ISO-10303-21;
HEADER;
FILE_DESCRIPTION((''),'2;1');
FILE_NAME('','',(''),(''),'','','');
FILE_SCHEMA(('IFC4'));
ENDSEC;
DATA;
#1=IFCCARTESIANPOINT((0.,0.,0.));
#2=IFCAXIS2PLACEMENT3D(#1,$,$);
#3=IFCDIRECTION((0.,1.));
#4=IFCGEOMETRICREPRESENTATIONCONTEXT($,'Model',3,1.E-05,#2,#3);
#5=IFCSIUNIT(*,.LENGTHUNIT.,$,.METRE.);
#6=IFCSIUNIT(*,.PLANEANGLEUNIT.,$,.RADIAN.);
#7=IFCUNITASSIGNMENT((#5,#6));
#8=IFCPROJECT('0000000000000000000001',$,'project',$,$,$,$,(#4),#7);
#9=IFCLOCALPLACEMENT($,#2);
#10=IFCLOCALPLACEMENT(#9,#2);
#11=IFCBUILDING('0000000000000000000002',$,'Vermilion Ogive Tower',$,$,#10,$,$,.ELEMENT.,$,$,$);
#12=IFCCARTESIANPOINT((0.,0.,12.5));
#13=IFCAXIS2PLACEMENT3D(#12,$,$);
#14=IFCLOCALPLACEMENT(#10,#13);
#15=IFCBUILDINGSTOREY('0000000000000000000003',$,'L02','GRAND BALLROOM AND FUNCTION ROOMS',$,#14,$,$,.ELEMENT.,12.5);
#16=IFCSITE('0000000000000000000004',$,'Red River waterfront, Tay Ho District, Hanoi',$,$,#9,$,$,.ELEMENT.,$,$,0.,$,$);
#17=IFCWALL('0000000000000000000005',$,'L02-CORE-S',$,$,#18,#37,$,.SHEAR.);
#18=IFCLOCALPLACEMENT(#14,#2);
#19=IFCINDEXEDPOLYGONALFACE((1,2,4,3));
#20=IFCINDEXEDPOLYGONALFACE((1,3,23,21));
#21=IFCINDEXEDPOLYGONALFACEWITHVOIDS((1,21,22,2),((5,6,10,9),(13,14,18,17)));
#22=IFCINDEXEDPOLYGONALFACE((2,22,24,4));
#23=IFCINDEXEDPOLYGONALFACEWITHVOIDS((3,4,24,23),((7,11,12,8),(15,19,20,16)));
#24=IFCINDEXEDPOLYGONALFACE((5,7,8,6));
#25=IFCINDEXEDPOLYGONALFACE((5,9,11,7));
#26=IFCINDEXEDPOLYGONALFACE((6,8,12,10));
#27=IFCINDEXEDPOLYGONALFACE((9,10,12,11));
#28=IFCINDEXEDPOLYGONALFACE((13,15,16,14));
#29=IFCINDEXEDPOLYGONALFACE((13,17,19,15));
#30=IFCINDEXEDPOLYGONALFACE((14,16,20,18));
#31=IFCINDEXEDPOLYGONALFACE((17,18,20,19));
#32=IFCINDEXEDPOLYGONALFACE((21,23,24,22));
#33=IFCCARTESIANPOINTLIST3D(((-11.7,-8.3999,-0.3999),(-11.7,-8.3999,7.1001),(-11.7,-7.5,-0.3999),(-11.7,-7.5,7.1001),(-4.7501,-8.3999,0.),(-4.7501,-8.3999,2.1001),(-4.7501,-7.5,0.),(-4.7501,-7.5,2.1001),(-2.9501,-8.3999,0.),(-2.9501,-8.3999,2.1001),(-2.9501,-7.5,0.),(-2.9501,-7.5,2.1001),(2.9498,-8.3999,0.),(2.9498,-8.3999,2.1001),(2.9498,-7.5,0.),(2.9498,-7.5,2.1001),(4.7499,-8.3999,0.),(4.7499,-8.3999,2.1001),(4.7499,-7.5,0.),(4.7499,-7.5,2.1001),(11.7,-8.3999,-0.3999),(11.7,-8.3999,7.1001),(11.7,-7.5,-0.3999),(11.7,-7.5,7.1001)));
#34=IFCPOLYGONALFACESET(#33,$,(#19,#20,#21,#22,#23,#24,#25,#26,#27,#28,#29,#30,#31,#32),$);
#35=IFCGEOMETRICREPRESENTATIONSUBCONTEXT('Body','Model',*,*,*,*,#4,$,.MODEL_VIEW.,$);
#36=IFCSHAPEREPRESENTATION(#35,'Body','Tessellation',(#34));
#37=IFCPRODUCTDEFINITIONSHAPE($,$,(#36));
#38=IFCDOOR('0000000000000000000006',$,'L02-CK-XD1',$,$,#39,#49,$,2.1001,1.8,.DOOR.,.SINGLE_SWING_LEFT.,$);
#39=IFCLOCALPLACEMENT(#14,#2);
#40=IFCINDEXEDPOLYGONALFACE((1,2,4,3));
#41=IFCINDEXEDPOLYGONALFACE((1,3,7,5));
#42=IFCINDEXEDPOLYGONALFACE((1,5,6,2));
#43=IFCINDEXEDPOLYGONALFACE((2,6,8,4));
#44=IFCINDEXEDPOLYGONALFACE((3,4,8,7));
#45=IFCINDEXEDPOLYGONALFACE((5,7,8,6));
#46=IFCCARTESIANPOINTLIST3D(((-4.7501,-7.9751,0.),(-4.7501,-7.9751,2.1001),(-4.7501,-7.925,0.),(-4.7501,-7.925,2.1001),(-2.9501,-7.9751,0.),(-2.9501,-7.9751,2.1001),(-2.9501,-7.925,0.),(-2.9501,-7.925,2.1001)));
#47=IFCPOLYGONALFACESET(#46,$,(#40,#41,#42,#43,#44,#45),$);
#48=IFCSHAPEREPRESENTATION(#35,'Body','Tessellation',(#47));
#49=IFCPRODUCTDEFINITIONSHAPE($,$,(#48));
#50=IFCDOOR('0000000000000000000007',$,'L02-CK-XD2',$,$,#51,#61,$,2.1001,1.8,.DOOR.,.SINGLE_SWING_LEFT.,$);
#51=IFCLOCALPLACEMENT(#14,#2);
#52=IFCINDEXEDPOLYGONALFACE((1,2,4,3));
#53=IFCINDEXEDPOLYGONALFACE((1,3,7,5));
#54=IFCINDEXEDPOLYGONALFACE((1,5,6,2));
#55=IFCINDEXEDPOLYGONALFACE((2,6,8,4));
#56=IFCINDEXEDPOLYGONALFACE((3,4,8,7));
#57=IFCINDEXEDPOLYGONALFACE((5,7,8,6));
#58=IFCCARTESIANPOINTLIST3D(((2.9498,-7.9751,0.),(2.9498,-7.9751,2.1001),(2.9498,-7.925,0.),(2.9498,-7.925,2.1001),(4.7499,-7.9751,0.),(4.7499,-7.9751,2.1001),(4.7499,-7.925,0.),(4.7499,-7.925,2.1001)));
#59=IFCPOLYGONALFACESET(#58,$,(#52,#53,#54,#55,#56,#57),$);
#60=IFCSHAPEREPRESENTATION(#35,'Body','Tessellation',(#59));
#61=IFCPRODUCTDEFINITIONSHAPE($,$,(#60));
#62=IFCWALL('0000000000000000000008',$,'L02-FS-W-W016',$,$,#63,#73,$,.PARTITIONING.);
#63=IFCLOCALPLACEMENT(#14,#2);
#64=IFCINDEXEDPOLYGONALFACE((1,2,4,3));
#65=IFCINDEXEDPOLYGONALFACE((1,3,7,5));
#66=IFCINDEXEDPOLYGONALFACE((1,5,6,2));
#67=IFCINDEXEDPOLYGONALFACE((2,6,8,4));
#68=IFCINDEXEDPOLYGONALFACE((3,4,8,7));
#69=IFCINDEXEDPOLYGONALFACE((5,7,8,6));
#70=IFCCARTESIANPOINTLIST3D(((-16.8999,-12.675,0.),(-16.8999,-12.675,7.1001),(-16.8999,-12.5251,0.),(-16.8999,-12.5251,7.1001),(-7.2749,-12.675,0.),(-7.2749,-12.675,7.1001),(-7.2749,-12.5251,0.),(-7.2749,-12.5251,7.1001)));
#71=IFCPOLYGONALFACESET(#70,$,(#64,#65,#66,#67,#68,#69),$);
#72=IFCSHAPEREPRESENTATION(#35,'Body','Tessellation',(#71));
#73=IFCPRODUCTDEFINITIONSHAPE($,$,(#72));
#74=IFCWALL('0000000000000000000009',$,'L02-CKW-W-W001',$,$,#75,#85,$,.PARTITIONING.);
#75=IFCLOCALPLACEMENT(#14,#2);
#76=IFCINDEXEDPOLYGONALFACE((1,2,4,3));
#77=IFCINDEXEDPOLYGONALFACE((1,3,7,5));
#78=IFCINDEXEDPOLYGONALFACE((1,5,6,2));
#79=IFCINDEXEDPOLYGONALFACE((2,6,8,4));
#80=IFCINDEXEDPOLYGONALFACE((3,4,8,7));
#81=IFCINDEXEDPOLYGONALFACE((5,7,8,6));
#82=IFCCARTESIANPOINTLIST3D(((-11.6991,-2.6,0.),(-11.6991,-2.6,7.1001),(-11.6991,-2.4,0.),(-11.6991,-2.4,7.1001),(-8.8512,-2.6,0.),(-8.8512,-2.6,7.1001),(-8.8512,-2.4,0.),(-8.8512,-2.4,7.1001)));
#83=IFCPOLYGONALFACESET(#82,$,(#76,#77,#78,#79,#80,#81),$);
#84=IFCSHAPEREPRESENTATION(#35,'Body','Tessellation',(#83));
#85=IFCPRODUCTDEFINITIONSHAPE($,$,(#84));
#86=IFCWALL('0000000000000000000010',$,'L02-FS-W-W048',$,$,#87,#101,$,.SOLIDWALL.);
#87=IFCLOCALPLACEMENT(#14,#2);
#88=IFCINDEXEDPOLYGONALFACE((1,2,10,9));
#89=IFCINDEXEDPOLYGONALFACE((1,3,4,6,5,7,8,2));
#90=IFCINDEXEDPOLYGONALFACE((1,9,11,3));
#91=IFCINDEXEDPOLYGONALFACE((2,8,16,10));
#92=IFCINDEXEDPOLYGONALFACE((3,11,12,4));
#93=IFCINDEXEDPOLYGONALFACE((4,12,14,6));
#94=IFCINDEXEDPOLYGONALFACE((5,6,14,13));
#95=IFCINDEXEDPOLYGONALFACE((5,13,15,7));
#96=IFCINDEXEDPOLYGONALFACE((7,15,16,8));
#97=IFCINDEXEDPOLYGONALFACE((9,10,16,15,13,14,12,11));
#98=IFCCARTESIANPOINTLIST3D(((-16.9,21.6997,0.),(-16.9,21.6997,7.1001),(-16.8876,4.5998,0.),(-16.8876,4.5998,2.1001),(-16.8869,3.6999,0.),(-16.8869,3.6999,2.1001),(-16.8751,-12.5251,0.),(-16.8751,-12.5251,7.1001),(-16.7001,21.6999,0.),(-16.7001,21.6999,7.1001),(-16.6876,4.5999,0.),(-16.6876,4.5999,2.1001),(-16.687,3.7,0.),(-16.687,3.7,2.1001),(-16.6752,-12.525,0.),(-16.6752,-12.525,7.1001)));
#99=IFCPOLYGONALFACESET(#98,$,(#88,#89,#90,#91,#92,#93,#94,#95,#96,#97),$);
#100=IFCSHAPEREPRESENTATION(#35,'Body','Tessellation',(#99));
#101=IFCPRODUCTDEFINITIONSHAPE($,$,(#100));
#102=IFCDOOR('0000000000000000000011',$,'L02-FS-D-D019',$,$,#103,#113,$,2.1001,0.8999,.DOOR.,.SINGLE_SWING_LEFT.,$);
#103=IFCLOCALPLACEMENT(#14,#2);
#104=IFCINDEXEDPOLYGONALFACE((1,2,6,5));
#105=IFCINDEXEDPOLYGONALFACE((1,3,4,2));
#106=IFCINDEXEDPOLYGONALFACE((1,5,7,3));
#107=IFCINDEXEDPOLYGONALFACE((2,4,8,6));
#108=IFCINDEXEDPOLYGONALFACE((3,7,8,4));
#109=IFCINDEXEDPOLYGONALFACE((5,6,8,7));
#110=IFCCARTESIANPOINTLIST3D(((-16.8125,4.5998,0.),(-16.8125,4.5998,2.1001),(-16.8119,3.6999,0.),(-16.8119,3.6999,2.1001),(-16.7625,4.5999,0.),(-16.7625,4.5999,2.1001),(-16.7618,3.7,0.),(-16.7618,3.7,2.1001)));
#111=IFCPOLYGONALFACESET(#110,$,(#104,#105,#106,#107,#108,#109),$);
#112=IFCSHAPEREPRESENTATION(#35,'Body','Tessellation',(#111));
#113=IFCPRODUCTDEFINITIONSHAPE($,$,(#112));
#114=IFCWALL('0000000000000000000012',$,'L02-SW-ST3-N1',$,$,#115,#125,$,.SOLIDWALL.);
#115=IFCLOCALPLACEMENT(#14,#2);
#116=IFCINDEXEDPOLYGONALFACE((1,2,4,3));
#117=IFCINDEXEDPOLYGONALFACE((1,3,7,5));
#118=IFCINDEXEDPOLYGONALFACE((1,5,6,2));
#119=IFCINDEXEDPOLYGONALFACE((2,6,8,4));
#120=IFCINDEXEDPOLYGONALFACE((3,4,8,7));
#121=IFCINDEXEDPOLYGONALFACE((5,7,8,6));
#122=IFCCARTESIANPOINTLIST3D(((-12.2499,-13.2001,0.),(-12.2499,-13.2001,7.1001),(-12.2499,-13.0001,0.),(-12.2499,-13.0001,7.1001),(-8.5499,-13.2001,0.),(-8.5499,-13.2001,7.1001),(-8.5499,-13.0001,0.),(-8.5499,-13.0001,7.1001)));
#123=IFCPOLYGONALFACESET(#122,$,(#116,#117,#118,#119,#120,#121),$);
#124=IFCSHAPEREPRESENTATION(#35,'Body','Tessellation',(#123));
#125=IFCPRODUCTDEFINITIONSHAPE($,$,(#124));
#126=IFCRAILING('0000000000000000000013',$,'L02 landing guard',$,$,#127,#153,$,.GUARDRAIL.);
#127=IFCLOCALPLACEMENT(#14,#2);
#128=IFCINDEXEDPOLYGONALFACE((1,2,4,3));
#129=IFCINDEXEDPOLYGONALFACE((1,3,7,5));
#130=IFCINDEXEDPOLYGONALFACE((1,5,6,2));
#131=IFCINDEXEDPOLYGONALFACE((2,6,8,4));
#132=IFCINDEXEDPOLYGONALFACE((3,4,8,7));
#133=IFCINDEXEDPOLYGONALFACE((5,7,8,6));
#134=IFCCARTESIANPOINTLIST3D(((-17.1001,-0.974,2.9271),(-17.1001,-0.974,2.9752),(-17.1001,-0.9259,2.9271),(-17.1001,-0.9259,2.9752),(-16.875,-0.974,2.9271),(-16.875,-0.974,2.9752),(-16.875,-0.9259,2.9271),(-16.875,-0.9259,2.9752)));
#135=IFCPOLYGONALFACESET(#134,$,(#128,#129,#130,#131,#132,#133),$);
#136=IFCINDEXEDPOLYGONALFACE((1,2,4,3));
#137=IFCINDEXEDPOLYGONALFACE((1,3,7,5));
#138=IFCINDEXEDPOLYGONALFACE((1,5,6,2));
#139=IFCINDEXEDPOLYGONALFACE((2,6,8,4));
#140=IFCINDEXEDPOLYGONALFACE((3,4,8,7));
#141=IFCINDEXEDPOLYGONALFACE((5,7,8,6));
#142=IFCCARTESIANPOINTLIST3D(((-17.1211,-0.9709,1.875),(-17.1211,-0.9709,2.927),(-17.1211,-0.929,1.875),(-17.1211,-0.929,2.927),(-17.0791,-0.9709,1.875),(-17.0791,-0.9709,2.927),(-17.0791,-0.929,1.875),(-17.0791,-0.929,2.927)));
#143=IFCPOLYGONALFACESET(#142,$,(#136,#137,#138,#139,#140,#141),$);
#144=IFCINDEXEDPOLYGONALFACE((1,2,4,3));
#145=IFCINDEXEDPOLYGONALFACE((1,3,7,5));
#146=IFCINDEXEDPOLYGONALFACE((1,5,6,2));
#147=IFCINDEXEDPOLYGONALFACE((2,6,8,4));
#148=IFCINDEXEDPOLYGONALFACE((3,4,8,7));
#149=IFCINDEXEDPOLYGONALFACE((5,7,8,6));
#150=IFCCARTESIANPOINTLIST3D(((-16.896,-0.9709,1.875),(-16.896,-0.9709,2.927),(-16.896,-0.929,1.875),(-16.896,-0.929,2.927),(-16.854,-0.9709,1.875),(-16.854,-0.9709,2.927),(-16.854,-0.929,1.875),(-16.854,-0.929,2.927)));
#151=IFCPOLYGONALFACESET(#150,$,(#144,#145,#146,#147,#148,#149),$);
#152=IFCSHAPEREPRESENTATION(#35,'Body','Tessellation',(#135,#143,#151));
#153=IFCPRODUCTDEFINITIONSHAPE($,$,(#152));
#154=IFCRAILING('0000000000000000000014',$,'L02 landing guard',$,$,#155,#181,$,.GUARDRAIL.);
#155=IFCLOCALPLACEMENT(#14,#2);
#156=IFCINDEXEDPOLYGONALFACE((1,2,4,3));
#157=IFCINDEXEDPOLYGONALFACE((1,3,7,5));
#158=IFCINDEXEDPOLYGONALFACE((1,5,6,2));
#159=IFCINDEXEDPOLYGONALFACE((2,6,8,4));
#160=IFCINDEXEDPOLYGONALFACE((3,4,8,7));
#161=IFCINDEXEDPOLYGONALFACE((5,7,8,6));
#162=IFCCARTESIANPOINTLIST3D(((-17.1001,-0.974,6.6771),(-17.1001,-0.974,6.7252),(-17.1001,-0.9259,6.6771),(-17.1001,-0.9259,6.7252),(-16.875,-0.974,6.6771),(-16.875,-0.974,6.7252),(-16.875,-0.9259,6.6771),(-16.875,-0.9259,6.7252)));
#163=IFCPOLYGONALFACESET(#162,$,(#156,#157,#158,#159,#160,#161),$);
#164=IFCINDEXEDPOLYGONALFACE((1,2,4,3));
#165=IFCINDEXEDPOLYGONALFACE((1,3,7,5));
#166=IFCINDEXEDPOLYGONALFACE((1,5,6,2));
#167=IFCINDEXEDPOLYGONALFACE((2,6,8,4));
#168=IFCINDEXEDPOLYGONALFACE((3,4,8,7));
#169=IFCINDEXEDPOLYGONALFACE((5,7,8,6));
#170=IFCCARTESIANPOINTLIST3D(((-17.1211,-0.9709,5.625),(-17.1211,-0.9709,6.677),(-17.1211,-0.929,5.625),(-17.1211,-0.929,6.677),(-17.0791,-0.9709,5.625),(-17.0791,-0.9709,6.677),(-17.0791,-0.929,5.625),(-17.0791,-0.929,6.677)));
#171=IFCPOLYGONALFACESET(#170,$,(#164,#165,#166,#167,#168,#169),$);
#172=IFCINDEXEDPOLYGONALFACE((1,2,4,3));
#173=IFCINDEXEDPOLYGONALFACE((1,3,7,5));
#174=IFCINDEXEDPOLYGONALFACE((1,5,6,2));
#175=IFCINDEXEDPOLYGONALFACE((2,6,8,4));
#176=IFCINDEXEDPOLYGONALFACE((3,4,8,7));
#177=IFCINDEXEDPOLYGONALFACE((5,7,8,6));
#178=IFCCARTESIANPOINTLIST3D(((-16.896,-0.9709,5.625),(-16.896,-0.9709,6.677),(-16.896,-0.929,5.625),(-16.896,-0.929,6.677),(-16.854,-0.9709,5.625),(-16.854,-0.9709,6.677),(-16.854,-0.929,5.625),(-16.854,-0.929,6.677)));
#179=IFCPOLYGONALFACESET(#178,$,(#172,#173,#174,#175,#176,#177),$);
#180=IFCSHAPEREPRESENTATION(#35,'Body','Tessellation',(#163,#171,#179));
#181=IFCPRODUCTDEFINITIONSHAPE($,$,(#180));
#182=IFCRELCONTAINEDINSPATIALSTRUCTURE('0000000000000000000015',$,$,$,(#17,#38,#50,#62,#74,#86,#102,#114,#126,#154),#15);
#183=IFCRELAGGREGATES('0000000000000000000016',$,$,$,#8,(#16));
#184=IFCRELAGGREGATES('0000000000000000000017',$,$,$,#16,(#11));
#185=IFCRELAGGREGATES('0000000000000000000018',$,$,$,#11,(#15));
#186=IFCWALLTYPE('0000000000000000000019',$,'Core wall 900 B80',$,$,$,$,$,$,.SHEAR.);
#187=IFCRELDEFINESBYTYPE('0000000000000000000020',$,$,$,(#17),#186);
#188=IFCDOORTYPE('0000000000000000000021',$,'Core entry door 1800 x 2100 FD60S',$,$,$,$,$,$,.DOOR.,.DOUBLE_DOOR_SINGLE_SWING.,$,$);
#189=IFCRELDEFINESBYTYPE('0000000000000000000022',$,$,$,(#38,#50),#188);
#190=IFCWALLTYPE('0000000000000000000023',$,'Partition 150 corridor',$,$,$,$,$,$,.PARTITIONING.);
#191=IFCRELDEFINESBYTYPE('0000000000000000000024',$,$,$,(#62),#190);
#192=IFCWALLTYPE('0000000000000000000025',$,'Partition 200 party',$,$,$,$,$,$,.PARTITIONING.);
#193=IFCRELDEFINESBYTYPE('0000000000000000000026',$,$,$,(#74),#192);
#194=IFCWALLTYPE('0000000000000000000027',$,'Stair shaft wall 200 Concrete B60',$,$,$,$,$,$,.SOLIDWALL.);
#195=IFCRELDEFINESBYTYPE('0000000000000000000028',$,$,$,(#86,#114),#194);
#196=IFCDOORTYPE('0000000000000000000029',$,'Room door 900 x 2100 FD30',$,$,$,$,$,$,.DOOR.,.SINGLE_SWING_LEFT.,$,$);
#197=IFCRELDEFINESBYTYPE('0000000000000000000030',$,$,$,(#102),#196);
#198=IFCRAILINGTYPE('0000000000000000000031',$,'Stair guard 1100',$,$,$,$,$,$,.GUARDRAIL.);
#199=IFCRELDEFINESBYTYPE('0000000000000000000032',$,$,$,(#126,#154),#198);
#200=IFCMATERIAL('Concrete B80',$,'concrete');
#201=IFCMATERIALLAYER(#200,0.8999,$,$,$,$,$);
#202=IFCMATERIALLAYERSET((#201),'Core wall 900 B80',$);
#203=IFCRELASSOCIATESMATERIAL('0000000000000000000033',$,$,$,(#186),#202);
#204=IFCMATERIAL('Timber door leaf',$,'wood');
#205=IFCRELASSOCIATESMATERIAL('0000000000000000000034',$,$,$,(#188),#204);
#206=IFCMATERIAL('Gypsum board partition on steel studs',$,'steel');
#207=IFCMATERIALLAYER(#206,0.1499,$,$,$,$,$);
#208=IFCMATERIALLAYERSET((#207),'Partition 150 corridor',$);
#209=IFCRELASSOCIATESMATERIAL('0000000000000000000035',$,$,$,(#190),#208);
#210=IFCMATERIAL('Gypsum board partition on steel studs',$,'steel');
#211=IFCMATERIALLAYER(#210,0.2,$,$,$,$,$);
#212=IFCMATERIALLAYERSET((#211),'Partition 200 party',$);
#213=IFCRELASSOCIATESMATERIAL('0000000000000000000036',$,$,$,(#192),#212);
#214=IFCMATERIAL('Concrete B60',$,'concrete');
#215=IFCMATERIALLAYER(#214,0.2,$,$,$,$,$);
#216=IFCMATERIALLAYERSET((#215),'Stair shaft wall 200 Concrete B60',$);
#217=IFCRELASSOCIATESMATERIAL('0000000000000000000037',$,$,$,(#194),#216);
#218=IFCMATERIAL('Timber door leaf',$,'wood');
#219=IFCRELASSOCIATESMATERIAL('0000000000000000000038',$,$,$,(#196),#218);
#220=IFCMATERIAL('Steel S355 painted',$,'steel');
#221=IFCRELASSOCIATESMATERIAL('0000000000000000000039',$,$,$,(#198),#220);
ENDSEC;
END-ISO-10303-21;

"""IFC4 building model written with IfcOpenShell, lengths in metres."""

from ifc_helpers import new_model, si_unit, direction, frame, frame_2d, origin, origin_2d, place, context, subcontext, project, spatial, rectangle, extrude, material, layer, layer_set, type_object, element, fill, save


model = new_model("IFC4")

# Units and contexts
model_context = context("Model", 3, precision=1e-05, world=origin(), true_north=direction((0.0, 1.0)))
body_context = subcontext(model_context, "Body", "Model", "MODEL_VIEW")
ifc_project = project(units=[si_unit("LENGTHUNIT", "METRE"), si_unit("PLANEANGLEUNIT", "RADIAN")], contexts=[model_context])

# Site, building, storey
site_placement = place(None, origin())
site = spatial("IfcSite", under=ifc_project, at=site_placement, Name="Red River waterfront, Tay Ho District, Hanoi", CompositionType="ELEMENT", RefElevation=0.0)
building_placement = place(site_placement, origin())
building = spatial("IfcBuilding", under=site, at=building_placement, Name="Vermilion Ogive Tower", CompositionType="ELEMENT")
storey_placement = place(building_placement, frame((0.0, 0.0, 12.5)))
storey = spatial("IfcBuildingStorey", under=building, at=storey_placement, Name="L02", Description="GRAND BALLROOM AND FUNCTION ROOMS", CompositionType="ELEMENT", Elevation=12.5)

# Wall, openings, doors
ifc_material_1 = material(Name="Concrete B80", Category="concrete")
ifc_layer_1 = layer(ifc_material_1, 0.8999)
ifc_layer_set_1 = layer_set([ifc_layer_1], Name="Core wall 900 B80")
wall_type_1 = type_object("IfcWallType", Name="Core wall 900 B80", PredefinedType="SHEAR", material=ifc_layer_set_1)
wall_1_placement = place(storey_placement, frame((-11.7, -7.95, -0.3999), z_axis=(0.0, 0.0, 1.0), x_axis=(1.0, 0.0, 0.0)))
wall_1 = element("IfcWall", 1, at=wall_1_placement, inside=storey, type_object=wall_type_1, Name="L02-CORE-S", PredefinedType="SHEAR", context=body_context, shape_type="SweptSolid", body=[
    extrude(rectangle(XDim=23.3999, YDim=0.8999, at=frame_2d((11.7, 0.0))), origin(), (0.0, 0.0, 1.0), 7.5),
])
opening_1_placement = place(wall_1_placement, frame((6.95, 0.0, 0.3999)))
opening_1 = element("IfcOpeningElement", 2, at=opening_1_placement, cuts=wall_1, PredefinedType="OPENING", context=body_context, shape_type="SweptSolid", body=[
    extrude(rectangle(XDim=1.8, YDim=2.1001, at=frame_2d((0.8999, 1.05))), frame((0.0, 0.46, 0.0), z_axis=(0.0, -1.0, 0.0), x_axis=(1.0, 0.0, 0.0)), (0.0, 0.0, 1.0), 0.9199),
])
opening_2_placement = place(wall_1_placement, frame((14.6499, 0.0, 0.3999)))
opening_2 = element("IfcOpeningElement", 3, at=opening_2_placement, cuts=wall_1, PredefinedType="OPENING", context=body_context, shape_type="SweptSolid", body=[
    extrude(rectangle(XDim=1.8, YDim=2.1001, at=frame_2d((0.8999, 1.05))), frame((0.0, 0.46, 0.0), z_axis=(0.0, -1.0, 0.0), x_axis=(1.0, 0.0, 0.0)), (0.0, 0.0, 1.0), 0.9199),
])
ifc_material_2 = material(Name="Timber door leaf", Category="wood")
door_type_1 = type_object("IfcDoorType", Name="Core entry door 1800 x 2100 FD60S", OperationType="DOUBLE_DOOR_SINGLE_SWING", PredefinedType="DOOR", material=ifc_material_2)
door_1_placement = place(opening_1_placement, origin())
door_1 = element("IfcDoor", 4, at=door_1_placement, inside=storey, type_object=door_type_1, Name="L02-CK-XD1", OperationType="SINGLE_SWING_LEFT", OverallHeight=2.1001, OverallWidth=1.8, PredefinedType="DOOR", context=body_context, shape_type="SweptSolid", body=[
    extrude(rectangle(XDim=1.8, YDim=2.1001, at=frame_2d((0.8999, 1.05))), frame((0.0, 0.0249, 0.0), z_axis=(0.0, -1.0, 0.0), x_axis=(1.0, 0.0, 0.0)), (0.0, 0.0, 1.0), 0.05),
])
fill(opening_1, door_1)
door_2_placement = place(opening_2_placement, origin())
door_2 = element("IfcDoor", 5, at=door_2_placement, inside=storey, type_object=door_type_1, Name="L02-CK-XD2", OperationType="SINGLE_SWING_LEFT", OverallHeight=2.1001, OverallWidth=1.8, PredefinedType="DOOR", context=body_context, shape_type="SweptSolid", body=[
    extrude(rectangle(XDim=1.8, YDim=2.1001, at=frame_2d((0.8999, 1.05))), frame((0.0, 0.0249, 0.0), z_axis=(0.0, -1.0, 0.0), x_axis=(1.0, 0.0, 0.0)), (0.0, 0.0, 1.0), 0.05),
])
fill(opening_2, door_2)

# Walls
ifc_material_3 = material(Name="Gypsum board partition on steel studs", Category="steel")
ifc_layer_2 = layer(ifc_material_3, 0.1499)
ifc_layer_set_2 = layer_set([ifc_layer_2], Name="Partition 150 corridor")
wall_type_2 = type_object("IfcWallType", Name="Partition 150 corridor", PredefinedType="PARTITIONING", material=ifc_layer_set_2)
wall_2_placement = place(storey_placement, frame((-16.8999, -12.6001, 0.0), z_axis=(0.0, 0.0, 1.0), x_axis=(1.0, 0.0, 0.0)))
element("IfcWall", 6, at=wall_2_placement, inside=storey, type_object=wall_type_2, Name="L02-FS-W-W016", PredefinedType="PARTITIONING", context=body_context, shape_type="SweptSolid", body=[
    extrude(rectangle(XDim=9.625, YDim=0.1499, at=frame_2d((4.8125, 0.0))), origin(), (0.0, 0.0, 1.0), 7.1001),
])
ifc_material_4 = material(Name="Gypsum board partition on steel studs", Category="steel")
ifc_layer_3 = layer(ifc_material_4, 0.2)
ifc_layer_set_3 = layer_set([ifc_layer_3], Name="Partition 200 party")
wall_type_3 = type_object("IfcWallType", Name="Partition 200 party", PredefinedType="PARTITIONING", material=ifc_layer_set_3)
wall_3_placement = place(storey_placement, frame((-11.699, -2.5, 0.0), z_axis=(0.0, 0.0, 1.0), x_axis=(1.0, 0.0, 0.0)))
element("IfcWall", 7, at=wall_3_placement, inside=storey, type_object=wall_type_3, Name="L02-CKW-W-W001", PredefinedType="PARTITIONING", context=body_context, shape_type="SweptSolid", body=[
    extrude(rectangle(XDim=2.8479, YDim=0.2, at=frame_2d((1.4238, 0.0))), origin(), (0.0, 0.0, 1.0), 7.1001),
])

# Wall, opening, door
ifc_material_5 = material(Name="Concrete B60", Category="concrete")
ifc_layer_4 = layer(ifc_material_5, 0.2)
ifc_layer_set_4 = layer_set([ifc_layer_4], Name="Stair shaft wall 200 Concrete B60")
wall_type_4 = type_object("IfcWallType", Name="Stair shaft wall 200 Concrete B60", PredefinedType="SOLIDWALL", material=ifc_layer_set_4)
wall_4_placement = place(storey_placement, frame((-16.7751, -12.5249, 0.0), z_axis=(0.0, 0.0, 1.0), x_axis=(-0.000728, 1.0, 0.0)))
wall_4 = element("IfcWall", 8, at=wall_4_placement, inside=storey, type_object=wall_type_4, Name="L02-FS-W-W048", PredefinedType="SOLIDWALL", context=body_context, shape_type="SweptSolid", body=[
    extrude(rectangle(XDim=34.2249, YDim=0.2, at=frame_2d((17.1123, 0.0))), origin(), (0.0, 0.0, 1.0), 7.1001),
])
opening_3_placement = place(wall_4_placement, frame((16.2249, 0.0, 0.0)))
opening_3 = element("IfcOpeningElement", 9, at=opening_3_placement, cuts=wall_4, PredefinedType="OPENING", context=body_context, shape_type="SweptSolid", body=[
    extrude(rectangle(XDim=0.8999, YDim=2.1001, at=frame_2d((0.45, 1.05))), frame((0.0, 0.1099, 0.0), z_axis=(0.0, -1.0, 0.0), x_axis=(1.0, 0.0, 0.0)), (0.0, 0.0, 1.0), 0.22),
])
ifc_material_6 = material(Name="Timber door leaf", Category="wood")
door_type_2 = type_object("IfcDoorType", Name="Room door 900 x 2100 FD30", OperationType="SINGLE_SWING_LEFT", PredefinedType="DOOR", material=ifc_material_6)
door_3_placement = place(opening_3_placement, origin())
door_3 = element("IfcDoor", 10, at=door_3_placement, inside=storey, type_object=door_type_2, Name="L02-FS-D-D019", OperationType="SINGLE_SWING_LEFT", OverallHeight=2.1001, OverallWidth=0.8999, PredefinedType="DOOR", context=body_context, shape_type="SweptSolid", body=[
    extrude(rectangle(XDim=0.8999, YDim=2.1001, at=frame_2d((0.45, 1.05))), frame((0.0, 0.0249, 0.0), z_axis=(0.0, -1.0, 0.0), x_axis=(1.0, 0.0, 0.0)), (0.0, 0.0, 1.0), 0.05),
])
fill(opening_3, door_3)

# Wall
wall_5_placement = place(storey_placement, frame((-12.25, -13.1001, 0.0), z_axis=(0.0, 0.0, 1.0), x_axis=(1.0, 0.0, 0.0)))
element("IfcWall", 11, at=wall_5_placement, inside=storey, type_object=wall_type_4, Name="L02-SW-ST3-N1", PredefinedType="SOLIDWALL", context=body_context, shape_type="SweptSolid", body=[
    extrude(rectangle(XDim=3.7, YDim=0.2, at=frame_2d((1.8501, 0.0))), origin(), (0.0, 0.0, 1.0), 7.1001),
])

# Railings
ifc_material_7 = material(Name="Steel S355 painted", Category="steel")
railing_type_1 = type_object("IfcRailingType", Name="Stair guard 1100", PredefinedType="GUARDRAIL", material=ifc_material_7)
for number, where, name in (
    (12, (-17.1001, -0.95, 1.875), "L02 landing guard"),
    (13, (-17.1001, -0.95, 5.625), "L02 landing guard"),
):
    element("IfcRailing", number, at=place(storey_placement, frame(where)), inside=storey, type_object=railing_type_1, Name=name, PredefinedType="GUARDRAIL", context=body_context, shape_type="SweptSolid", body=[
        extrude(rectangle(XDim=0.0481, YDim=0.0481, at=origin_2d()), frame((0.0, 0.0, 1.0762), z_axis=(1.0, 0.0, 0.0), x_axis=(0.0, 1.0, 0.0)), (0.0, 0.0, 1.0), 0.2251),
        extrude(rectangle(XDim=0.042, YDim=0.042, at=origin_2d()), origin(), (0.0, 0.0, 1.0), 1.052),
        extrude(rectangle(XDim=0.042, YDim=0.042, at=origin_2d()), frame((0.2251, 0.0, 0.0)), (0.0, 0.0, 1.0), 1.052),
    ])

save(model, "model.ifc")
